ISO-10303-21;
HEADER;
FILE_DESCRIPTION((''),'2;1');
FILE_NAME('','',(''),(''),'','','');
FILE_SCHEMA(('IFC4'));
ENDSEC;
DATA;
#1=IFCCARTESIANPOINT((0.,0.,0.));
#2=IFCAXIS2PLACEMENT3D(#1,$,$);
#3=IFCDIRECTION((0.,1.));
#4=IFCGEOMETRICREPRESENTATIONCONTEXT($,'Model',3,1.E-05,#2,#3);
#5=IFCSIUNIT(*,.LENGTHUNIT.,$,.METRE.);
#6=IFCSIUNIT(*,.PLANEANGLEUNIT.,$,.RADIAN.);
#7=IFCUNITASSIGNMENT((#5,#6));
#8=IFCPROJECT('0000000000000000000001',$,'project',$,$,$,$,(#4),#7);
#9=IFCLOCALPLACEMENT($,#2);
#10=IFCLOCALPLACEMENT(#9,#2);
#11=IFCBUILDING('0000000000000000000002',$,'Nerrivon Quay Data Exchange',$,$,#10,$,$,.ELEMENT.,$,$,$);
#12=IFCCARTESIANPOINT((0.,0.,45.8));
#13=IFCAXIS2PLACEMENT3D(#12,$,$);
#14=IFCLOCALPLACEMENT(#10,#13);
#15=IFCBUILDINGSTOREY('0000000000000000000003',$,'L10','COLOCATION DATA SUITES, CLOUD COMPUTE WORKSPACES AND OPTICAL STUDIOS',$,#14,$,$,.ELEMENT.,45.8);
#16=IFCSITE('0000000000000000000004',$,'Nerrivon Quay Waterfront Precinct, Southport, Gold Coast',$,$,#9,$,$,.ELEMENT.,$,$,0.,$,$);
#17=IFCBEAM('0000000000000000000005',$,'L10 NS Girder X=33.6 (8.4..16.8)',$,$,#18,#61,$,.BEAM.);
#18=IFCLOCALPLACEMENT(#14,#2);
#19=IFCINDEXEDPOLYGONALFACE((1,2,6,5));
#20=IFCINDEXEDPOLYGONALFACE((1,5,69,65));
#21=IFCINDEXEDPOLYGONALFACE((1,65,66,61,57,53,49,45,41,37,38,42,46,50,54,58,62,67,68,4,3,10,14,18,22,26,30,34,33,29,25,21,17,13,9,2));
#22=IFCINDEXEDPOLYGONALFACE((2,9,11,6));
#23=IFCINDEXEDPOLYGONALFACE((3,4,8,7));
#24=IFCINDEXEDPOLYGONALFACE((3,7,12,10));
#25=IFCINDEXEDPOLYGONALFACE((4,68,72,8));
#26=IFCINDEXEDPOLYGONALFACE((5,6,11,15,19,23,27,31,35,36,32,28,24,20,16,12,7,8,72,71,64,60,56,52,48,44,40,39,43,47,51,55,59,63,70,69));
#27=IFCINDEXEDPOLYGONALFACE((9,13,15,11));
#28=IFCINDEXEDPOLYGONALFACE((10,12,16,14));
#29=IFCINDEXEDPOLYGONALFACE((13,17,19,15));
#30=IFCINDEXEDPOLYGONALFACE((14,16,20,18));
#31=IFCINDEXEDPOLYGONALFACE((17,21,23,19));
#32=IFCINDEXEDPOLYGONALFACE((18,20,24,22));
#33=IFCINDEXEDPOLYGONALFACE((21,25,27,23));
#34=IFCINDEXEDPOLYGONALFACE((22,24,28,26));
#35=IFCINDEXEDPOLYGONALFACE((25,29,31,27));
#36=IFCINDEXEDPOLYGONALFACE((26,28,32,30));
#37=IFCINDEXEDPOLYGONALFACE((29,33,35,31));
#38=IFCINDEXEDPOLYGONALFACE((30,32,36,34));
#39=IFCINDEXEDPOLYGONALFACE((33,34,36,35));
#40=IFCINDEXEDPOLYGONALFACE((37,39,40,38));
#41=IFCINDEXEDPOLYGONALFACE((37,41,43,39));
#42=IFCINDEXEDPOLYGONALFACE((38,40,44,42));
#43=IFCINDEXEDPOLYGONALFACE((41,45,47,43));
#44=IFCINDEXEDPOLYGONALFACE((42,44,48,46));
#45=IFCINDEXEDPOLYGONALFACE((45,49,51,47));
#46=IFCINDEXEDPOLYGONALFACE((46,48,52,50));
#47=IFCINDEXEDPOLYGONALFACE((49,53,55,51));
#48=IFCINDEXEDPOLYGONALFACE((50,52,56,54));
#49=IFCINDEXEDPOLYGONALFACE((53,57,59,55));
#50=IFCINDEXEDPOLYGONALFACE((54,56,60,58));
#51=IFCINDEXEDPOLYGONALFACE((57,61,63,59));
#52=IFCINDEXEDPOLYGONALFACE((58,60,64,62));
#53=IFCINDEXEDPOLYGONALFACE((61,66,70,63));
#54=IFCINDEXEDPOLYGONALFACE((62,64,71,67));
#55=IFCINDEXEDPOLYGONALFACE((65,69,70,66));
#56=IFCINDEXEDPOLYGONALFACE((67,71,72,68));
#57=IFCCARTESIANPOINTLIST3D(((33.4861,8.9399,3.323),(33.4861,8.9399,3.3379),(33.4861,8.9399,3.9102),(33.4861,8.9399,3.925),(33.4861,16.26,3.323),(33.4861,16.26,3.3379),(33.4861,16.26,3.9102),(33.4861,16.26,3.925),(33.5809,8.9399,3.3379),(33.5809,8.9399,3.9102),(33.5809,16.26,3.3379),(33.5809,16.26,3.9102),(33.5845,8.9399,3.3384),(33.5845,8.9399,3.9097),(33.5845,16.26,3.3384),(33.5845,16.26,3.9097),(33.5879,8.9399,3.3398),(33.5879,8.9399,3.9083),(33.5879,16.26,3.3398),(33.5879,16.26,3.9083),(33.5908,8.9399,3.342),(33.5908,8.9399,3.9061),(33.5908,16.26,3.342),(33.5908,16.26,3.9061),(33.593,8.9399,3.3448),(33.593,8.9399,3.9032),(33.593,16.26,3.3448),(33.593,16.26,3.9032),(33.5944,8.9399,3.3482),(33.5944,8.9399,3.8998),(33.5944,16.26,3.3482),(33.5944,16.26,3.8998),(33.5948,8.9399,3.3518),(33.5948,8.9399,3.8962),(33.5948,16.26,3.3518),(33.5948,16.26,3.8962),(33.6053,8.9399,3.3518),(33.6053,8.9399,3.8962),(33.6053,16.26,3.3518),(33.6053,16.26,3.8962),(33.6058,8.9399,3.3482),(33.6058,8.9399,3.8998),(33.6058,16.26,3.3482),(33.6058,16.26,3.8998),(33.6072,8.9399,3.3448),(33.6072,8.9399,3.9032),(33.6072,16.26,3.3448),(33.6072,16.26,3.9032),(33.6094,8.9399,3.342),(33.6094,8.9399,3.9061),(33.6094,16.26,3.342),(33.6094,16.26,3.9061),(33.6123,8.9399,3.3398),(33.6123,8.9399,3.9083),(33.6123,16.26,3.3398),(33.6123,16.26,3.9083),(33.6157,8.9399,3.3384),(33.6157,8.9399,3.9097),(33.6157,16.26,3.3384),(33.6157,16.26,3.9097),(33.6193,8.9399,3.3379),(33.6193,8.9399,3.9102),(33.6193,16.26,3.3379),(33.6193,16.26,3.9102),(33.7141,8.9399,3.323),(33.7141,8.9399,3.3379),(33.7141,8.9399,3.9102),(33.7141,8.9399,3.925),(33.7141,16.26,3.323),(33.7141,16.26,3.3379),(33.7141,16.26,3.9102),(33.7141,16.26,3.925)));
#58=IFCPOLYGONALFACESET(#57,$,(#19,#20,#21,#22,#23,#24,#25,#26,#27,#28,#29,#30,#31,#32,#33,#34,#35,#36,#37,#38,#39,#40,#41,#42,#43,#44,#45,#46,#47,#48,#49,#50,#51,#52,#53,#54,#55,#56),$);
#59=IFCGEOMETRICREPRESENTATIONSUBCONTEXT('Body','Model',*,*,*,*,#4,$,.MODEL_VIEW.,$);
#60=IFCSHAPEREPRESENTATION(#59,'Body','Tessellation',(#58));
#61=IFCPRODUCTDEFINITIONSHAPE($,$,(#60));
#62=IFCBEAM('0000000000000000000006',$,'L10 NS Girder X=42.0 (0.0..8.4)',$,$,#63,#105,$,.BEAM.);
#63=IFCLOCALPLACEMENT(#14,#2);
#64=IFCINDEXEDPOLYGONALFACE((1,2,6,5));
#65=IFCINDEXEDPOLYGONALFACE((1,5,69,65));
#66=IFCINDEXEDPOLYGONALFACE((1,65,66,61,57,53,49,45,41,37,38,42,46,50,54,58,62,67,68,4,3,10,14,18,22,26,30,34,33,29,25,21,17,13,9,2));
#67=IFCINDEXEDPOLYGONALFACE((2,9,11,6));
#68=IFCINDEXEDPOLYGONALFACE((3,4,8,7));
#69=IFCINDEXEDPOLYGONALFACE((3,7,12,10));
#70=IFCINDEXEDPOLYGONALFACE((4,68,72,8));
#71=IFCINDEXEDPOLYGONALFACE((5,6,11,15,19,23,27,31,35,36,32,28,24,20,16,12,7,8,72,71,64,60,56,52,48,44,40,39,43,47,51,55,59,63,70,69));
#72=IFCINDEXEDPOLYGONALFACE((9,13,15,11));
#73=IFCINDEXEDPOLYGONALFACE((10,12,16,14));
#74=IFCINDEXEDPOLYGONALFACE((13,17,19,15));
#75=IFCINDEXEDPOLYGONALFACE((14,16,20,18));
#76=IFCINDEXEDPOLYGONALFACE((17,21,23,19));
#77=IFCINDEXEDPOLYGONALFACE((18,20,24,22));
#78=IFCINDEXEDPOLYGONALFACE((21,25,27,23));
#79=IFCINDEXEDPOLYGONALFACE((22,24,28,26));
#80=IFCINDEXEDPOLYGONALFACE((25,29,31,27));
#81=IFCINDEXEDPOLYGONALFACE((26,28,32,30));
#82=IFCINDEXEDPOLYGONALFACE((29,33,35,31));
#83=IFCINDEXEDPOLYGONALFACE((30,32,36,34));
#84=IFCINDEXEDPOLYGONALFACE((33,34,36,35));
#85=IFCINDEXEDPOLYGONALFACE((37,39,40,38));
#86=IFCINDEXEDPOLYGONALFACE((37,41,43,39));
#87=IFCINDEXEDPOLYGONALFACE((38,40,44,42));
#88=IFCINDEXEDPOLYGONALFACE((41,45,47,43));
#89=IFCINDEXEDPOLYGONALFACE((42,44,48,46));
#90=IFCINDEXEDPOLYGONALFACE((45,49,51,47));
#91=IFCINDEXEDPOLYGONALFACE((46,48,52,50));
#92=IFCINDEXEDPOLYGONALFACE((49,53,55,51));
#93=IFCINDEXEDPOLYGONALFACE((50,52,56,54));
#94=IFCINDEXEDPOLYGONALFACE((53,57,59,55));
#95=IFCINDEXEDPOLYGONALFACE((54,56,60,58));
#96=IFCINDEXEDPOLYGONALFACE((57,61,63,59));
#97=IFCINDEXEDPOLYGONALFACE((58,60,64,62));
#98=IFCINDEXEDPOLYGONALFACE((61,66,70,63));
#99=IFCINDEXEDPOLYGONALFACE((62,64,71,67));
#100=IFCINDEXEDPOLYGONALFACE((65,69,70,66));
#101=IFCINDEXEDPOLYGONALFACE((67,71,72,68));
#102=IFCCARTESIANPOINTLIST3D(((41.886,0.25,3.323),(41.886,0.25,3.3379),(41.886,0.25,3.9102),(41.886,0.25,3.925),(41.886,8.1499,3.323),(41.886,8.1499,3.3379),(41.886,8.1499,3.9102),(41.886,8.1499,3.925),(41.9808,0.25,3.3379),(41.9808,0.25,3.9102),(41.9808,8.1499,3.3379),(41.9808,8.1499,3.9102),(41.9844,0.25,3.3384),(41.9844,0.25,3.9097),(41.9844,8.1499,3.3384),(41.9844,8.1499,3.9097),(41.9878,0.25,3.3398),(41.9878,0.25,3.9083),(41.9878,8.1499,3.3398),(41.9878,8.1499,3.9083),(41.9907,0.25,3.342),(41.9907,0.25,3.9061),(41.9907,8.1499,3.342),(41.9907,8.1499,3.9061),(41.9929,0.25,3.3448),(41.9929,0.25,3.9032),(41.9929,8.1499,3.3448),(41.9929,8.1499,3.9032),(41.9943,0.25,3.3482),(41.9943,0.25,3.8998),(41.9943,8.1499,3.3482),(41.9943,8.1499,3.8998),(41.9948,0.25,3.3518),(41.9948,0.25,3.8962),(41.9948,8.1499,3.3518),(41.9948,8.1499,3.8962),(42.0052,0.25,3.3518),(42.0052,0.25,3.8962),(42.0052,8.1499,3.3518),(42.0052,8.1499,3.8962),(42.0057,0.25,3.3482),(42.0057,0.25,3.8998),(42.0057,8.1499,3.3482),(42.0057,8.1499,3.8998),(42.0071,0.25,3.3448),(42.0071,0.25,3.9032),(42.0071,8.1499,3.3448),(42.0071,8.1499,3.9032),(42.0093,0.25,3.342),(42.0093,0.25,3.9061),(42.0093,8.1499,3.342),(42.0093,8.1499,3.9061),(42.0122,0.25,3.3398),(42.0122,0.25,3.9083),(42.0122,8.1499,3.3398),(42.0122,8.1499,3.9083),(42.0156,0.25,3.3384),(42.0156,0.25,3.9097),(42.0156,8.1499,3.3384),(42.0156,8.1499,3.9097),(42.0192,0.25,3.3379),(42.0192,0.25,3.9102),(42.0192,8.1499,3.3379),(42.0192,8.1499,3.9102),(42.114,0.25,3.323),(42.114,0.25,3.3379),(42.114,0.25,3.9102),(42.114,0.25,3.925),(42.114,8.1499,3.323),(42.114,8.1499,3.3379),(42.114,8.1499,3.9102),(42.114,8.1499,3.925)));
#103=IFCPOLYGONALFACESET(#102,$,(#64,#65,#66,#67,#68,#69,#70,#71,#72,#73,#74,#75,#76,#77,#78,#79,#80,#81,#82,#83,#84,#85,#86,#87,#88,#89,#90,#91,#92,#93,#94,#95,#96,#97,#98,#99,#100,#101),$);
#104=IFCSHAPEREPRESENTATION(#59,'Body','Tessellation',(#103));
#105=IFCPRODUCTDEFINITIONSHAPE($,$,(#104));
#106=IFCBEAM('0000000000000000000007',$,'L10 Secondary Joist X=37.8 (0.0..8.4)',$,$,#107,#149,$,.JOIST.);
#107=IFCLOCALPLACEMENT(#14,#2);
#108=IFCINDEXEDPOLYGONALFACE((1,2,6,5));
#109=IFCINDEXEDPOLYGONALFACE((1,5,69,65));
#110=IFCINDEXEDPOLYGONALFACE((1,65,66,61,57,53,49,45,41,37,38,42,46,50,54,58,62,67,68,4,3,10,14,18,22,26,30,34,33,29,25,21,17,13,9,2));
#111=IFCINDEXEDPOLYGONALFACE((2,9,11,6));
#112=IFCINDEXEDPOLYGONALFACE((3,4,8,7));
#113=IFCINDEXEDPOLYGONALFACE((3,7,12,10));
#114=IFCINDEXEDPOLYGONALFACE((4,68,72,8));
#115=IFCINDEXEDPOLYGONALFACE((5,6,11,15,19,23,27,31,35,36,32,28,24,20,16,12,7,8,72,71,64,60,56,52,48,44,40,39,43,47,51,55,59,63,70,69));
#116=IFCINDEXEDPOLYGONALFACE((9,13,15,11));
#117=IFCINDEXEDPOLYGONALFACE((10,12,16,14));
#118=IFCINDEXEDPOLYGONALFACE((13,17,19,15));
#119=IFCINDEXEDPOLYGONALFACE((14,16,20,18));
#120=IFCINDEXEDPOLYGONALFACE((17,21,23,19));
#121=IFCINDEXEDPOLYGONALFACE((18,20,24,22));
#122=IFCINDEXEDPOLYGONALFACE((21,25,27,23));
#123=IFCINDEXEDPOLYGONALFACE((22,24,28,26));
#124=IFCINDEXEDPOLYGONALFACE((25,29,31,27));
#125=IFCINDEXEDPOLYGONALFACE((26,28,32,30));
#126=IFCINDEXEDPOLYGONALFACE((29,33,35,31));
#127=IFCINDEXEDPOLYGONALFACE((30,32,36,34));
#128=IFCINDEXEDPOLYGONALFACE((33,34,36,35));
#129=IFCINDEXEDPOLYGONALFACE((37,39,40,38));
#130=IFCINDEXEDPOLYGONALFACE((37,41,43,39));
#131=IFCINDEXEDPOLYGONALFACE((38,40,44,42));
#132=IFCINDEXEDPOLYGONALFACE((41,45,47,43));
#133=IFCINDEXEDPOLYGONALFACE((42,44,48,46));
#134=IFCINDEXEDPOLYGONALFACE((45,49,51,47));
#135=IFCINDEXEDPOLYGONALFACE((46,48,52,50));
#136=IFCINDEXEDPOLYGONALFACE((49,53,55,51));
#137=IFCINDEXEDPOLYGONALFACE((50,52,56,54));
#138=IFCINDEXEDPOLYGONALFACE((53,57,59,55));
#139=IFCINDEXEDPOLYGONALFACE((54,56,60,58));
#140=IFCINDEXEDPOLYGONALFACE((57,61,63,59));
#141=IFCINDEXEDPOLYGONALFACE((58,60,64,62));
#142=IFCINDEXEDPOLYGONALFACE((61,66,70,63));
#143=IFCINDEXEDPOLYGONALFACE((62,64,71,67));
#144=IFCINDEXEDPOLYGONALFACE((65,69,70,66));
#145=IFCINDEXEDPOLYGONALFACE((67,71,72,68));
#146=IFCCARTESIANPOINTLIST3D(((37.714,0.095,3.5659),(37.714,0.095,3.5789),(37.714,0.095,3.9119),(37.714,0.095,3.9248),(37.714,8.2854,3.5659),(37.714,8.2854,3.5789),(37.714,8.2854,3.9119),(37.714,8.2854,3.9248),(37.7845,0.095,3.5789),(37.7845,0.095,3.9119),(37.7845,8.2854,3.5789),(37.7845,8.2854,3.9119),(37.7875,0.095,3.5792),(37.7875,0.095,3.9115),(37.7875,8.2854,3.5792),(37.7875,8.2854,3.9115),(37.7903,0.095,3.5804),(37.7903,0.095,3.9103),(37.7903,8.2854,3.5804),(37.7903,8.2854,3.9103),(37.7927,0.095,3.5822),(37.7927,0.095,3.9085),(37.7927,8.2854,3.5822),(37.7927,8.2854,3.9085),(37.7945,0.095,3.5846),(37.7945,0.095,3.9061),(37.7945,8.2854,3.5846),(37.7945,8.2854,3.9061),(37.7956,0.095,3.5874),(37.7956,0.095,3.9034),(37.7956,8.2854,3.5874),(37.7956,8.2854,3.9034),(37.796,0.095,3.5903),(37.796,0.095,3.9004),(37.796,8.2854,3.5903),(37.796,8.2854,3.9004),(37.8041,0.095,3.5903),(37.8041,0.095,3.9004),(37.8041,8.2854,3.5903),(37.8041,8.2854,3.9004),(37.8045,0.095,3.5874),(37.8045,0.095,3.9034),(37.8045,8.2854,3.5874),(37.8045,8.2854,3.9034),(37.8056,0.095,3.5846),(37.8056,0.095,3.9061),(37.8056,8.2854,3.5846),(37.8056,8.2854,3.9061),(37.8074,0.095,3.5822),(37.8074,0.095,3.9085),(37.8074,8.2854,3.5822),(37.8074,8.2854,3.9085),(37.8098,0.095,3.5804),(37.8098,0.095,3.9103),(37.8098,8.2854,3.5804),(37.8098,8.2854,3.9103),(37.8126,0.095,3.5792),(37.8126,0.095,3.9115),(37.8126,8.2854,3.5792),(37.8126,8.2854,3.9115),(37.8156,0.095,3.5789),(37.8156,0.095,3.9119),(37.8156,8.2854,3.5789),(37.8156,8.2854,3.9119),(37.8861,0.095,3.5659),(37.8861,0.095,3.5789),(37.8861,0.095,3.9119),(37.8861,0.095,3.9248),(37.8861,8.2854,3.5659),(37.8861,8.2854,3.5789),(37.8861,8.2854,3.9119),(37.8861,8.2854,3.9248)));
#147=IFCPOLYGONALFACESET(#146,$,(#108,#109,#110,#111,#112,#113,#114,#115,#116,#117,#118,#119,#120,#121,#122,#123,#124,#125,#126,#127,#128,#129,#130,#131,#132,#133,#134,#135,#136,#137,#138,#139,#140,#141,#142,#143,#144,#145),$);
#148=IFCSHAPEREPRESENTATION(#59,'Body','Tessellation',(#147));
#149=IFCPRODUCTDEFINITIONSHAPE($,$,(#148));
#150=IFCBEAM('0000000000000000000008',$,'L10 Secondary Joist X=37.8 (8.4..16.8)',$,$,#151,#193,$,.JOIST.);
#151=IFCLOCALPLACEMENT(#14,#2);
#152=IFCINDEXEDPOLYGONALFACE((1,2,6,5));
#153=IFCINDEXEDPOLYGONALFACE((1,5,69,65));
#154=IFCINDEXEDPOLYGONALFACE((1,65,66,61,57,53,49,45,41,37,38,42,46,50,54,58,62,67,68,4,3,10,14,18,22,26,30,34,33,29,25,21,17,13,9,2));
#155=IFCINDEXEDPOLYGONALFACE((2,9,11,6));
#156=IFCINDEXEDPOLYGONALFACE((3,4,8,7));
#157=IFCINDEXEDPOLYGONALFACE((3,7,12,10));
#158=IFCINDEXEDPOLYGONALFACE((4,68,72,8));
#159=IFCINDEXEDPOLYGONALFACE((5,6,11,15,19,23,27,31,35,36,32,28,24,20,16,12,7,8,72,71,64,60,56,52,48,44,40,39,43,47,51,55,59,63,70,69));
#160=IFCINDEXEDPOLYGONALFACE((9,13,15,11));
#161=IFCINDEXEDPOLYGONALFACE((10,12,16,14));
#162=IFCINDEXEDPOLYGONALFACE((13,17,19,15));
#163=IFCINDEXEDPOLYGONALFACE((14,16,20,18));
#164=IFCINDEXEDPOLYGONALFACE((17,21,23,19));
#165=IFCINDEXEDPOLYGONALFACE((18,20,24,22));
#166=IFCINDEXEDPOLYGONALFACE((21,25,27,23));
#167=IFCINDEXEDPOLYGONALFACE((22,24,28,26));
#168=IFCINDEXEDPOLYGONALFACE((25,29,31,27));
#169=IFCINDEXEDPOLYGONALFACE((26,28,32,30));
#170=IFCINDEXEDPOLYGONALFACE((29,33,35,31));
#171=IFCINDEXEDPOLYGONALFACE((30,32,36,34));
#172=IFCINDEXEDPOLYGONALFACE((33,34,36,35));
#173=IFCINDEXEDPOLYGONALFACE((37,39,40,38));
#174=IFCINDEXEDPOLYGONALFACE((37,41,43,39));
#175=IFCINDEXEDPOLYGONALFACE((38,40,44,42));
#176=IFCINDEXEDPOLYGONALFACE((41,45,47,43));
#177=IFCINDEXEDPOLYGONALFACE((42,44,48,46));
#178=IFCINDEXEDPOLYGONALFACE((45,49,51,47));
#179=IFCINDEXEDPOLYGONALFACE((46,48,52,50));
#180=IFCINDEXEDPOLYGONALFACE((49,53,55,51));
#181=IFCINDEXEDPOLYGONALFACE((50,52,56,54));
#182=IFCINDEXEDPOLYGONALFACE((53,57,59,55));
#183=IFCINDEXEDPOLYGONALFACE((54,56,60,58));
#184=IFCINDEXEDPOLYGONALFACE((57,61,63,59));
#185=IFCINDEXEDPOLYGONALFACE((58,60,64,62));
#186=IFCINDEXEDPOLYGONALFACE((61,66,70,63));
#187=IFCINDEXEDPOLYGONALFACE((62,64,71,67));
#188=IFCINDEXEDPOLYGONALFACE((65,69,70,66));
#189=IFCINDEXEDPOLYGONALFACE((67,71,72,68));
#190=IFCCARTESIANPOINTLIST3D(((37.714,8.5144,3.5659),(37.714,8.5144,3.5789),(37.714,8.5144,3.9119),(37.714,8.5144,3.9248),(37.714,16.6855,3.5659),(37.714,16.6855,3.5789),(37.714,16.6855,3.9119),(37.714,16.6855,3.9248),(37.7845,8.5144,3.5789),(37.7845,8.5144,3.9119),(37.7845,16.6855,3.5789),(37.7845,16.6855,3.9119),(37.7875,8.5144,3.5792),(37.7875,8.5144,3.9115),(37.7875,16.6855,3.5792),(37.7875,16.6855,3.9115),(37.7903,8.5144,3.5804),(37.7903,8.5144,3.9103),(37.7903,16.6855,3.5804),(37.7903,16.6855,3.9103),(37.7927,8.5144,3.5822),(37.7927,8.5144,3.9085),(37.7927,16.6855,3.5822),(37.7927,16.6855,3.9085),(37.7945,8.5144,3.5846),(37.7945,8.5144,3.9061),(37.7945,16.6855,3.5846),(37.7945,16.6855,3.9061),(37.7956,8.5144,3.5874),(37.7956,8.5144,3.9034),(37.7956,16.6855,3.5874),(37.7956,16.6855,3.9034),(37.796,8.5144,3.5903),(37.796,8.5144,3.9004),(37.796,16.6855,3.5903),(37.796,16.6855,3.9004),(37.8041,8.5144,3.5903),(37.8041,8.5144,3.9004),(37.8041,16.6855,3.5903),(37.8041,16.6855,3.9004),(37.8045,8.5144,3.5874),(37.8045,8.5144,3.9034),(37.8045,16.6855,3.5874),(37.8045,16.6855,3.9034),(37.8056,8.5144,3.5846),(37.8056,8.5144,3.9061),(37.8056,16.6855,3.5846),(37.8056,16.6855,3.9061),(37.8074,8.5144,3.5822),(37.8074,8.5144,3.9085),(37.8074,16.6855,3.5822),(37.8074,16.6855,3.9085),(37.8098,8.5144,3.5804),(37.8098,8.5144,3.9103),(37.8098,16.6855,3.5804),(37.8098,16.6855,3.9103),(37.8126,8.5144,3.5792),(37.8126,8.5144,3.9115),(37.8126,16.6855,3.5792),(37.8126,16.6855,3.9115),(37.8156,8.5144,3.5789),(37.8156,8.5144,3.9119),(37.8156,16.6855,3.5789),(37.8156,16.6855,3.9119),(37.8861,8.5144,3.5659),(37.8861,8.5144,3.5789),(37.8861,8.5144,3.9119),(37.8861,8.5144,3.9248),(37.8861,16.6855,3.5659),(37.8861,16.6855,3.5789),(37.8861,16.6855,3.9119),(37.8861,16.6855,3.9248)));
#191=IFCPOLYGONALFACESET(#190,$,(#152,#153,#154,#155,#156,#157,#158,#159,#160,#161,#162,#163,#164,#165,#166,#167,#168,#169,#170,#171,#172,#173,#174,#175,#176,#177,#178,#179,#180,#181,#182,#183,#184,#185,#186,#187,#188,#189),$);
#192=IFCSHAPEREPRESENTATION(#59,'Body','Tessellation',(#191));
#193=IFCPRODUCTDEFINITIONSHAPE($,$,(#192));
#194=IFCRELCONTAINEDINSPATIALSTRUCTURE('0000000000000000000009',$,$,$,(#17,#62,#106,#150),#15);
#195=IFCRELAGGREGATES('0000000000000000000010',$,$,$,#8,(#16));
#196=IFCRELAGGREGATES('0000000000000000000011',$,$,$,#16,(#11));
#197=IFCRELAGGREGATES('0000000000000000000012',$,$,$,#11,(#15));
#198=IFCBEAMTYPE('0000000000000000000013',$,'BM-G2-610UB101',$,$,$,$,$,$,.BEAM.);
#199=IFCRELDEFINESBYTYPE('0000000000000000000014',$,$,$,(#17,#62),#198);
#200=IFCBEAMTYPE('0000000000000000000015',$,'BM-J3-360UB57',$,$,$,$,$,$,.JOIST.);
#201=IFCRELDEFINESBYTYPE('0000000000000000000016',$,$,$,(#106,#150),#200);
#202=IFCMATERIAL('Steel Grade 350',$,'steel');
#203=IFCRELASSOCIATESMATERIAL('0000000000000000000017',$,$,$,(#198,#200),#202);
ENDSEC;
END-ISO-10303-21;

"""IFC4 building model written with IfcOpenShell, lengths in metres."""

from ifc_helpers import new_model, si_unit, direction, frame, origin, origin_2d, place, context, subcontext, project, spatial, i_section, extrude, material, material_profile, profile_set, type_object, element, save


model = new_model("IFC4")

# Units and contexts
model_context = context("Model", 3, precision=1e-05, world=origin(), true_north=direction((0.0, 1.0)))
body_context = subcontext(model_context, "Body", "Model", "MODEL_VIEW")
ifc_project = project(units=[si_unit("LENGTHUNIT", "METRE"), si_unit("PLANEANGLEUNIT", "RADIAN")], contexts=[model_context])

# Site, building, storey
site_placement = place(None, origin())
site = spatial("IfcSite", under=ifc_project, at=site_placement, Name="Nerrivon Quay Waterfront Precinct, Southport, Gold Coast", CompositionType="ELEMENT", RefElevation=0.0)
building_placement = place(site_placement, origin())
building = spatial("IfcBuilding", under=site, at=building_placement, Name="Nerrivon Quay Data Exchange", CompositionType="ELEMENT")
storey_placement = place(building_placement, frame((0.0, 0.0, 45.8)))
storey = spatial("IfcBuildingStorey", under=building, at=storey_placement, Name="L10", Description="COLOCATION DATA SUITES, CLOUD COMPUTE WORKSPACES AND OPTICAL STUDIOS", CompositionType="ELEMENT", Elevation=45.8)

# Shared definitions
ifc_material_1 = material(Name="Steel Grade 350", Category="steel")

# Beams
ifc_material_profile_1 = material_profile(ifc_material_1, i_section(OverallWidth=0.228, OverallDepth=0.6021, WebThickness=0.0105, FlangeThickness=0.0149, FilletRadius=0.0139, at=origin_2d()), Name="610UB101")
ifc_profile_set_1 = profile_set([ifc_material_profile_1], Name="Steel Grade 350")
beam_type_1 = type_object("IfcBeamType", Name="BM-G2-610UB101", PredefinedType="BEAM", material=ifc_profile_set_1)
beam_1_placement = place(storey_placement, frame((33.6001, 8.9399, 3.624), z_axis=(0.0, 1.0, 0.0), x_axis=(-1.0, 0.0, 0.0)))
element("IfcBeam", 1, at=beam_1_placement, inside=storey, type_object=beam_type_1, Name="L10 NS Girder X=33.6 (8.4..16.8)", PredefinedType="BEAM", context=body_context, shape_type="SweptSolid", body=[
    extrude(i_section(OverallWidth=0.228, OverallDepth=0.6021, WebThickness=0.0105, FlangeThickness=0.0149, FilletRadius=0.0139, at=origin_2d()), origin(), (0.0, 0.0, 1.0), 7.3201),
])
beam_2_placement = place(storey_placement, frame((42.0, 0.25, 3.624), z_axis=(0.0, 1.0, 0.0), x_axis=(-1.0, 0.0, 0.0)))
element("IfcBeam", 2, at=beam_2_placement, inside=storey, type_object=beam_type_1, Name="L10 NS Girder X=42.0 (0.0..8.4)", PredefinedType="BEAM", context=body_context, shape_type="SweptSolid", body=[
    extrude(i_section(OverallWidth=0.228, OverallDepth=0.6021, WebThickness=0.0105, FlangeThickness=0.0149, FilletRadius=0.0139, at=origin_2d()), origin(), (0.0, 0.0, 1.0), 7.8999),
])
ifc_material_profile_2 = material_profile(ifc_material_1, i_section(OverallWidth=0.1721, OverallDepth=0.3589, WebThickness=0.0081, FlangeThickness=0.0129, FilletRadius=0.0115, at=origin_2d()), Name="360UB56.7")
ifc_profile_set_2 = profile_set([ifc_material_profile_2], Name="Steel Grade 350")
beam_type_2 = type_object("IfcBeamType", Name="BM-J3-360UB57", PredefinedType="JOIST", material=ifc_profile_set_2)
beam_3_placement = place(storey_placement, frame((37.8, 0.095, 3.7454), z_axis=(0.0, 1.0, 0.0), x_axis=(-1.0, 0.0, 0.0)))
element("IfcBeam", 3, at=beam_3_placement, inside=storey, type_object=beam_type_2, Name="L10 Secondary Joist X=37.8 (0.0..8.4)", PredefinedType="JOIST", context=body_context, shape_type="SweptSolid", body=[
    extrude(i_section(OverallWidth=0.1721, OverallDepth=0.3589, WebThickness=0.0081, FlangeThickness=0.0129, FilletRadius=0.0115, at=origin_2d()), origin(), (0.0, 0.0, 1.0), 8.1904),
])
beam_4_placement = place(storey_placement, frame((37.8, 8.5144, 3.7454), z_axis=(0.0, 1.0, 0.0), x_axis=(-1.0, 0.0, 0.0)))
element("IfcBeam", 4, at=beam_4_placement, inside=storey, type_object=beam_type_2, Name="L10 Secondary Joist X=37.8 (8.4..16.8)", PredefinedType="JOIST", context=body_context, shape_type="SweptSolid", body=[
    extrude(i_section(OverallWidth=0.1721, OverallDepth=0.3589, WebThickness=0.0081, FlangeThickness=0.0129, FilletRadius=0.0115, at=origin_2d()), origin(), (0.0, 0.0, 1.0), 8.1711),
])

save(model, "model.ifc")
